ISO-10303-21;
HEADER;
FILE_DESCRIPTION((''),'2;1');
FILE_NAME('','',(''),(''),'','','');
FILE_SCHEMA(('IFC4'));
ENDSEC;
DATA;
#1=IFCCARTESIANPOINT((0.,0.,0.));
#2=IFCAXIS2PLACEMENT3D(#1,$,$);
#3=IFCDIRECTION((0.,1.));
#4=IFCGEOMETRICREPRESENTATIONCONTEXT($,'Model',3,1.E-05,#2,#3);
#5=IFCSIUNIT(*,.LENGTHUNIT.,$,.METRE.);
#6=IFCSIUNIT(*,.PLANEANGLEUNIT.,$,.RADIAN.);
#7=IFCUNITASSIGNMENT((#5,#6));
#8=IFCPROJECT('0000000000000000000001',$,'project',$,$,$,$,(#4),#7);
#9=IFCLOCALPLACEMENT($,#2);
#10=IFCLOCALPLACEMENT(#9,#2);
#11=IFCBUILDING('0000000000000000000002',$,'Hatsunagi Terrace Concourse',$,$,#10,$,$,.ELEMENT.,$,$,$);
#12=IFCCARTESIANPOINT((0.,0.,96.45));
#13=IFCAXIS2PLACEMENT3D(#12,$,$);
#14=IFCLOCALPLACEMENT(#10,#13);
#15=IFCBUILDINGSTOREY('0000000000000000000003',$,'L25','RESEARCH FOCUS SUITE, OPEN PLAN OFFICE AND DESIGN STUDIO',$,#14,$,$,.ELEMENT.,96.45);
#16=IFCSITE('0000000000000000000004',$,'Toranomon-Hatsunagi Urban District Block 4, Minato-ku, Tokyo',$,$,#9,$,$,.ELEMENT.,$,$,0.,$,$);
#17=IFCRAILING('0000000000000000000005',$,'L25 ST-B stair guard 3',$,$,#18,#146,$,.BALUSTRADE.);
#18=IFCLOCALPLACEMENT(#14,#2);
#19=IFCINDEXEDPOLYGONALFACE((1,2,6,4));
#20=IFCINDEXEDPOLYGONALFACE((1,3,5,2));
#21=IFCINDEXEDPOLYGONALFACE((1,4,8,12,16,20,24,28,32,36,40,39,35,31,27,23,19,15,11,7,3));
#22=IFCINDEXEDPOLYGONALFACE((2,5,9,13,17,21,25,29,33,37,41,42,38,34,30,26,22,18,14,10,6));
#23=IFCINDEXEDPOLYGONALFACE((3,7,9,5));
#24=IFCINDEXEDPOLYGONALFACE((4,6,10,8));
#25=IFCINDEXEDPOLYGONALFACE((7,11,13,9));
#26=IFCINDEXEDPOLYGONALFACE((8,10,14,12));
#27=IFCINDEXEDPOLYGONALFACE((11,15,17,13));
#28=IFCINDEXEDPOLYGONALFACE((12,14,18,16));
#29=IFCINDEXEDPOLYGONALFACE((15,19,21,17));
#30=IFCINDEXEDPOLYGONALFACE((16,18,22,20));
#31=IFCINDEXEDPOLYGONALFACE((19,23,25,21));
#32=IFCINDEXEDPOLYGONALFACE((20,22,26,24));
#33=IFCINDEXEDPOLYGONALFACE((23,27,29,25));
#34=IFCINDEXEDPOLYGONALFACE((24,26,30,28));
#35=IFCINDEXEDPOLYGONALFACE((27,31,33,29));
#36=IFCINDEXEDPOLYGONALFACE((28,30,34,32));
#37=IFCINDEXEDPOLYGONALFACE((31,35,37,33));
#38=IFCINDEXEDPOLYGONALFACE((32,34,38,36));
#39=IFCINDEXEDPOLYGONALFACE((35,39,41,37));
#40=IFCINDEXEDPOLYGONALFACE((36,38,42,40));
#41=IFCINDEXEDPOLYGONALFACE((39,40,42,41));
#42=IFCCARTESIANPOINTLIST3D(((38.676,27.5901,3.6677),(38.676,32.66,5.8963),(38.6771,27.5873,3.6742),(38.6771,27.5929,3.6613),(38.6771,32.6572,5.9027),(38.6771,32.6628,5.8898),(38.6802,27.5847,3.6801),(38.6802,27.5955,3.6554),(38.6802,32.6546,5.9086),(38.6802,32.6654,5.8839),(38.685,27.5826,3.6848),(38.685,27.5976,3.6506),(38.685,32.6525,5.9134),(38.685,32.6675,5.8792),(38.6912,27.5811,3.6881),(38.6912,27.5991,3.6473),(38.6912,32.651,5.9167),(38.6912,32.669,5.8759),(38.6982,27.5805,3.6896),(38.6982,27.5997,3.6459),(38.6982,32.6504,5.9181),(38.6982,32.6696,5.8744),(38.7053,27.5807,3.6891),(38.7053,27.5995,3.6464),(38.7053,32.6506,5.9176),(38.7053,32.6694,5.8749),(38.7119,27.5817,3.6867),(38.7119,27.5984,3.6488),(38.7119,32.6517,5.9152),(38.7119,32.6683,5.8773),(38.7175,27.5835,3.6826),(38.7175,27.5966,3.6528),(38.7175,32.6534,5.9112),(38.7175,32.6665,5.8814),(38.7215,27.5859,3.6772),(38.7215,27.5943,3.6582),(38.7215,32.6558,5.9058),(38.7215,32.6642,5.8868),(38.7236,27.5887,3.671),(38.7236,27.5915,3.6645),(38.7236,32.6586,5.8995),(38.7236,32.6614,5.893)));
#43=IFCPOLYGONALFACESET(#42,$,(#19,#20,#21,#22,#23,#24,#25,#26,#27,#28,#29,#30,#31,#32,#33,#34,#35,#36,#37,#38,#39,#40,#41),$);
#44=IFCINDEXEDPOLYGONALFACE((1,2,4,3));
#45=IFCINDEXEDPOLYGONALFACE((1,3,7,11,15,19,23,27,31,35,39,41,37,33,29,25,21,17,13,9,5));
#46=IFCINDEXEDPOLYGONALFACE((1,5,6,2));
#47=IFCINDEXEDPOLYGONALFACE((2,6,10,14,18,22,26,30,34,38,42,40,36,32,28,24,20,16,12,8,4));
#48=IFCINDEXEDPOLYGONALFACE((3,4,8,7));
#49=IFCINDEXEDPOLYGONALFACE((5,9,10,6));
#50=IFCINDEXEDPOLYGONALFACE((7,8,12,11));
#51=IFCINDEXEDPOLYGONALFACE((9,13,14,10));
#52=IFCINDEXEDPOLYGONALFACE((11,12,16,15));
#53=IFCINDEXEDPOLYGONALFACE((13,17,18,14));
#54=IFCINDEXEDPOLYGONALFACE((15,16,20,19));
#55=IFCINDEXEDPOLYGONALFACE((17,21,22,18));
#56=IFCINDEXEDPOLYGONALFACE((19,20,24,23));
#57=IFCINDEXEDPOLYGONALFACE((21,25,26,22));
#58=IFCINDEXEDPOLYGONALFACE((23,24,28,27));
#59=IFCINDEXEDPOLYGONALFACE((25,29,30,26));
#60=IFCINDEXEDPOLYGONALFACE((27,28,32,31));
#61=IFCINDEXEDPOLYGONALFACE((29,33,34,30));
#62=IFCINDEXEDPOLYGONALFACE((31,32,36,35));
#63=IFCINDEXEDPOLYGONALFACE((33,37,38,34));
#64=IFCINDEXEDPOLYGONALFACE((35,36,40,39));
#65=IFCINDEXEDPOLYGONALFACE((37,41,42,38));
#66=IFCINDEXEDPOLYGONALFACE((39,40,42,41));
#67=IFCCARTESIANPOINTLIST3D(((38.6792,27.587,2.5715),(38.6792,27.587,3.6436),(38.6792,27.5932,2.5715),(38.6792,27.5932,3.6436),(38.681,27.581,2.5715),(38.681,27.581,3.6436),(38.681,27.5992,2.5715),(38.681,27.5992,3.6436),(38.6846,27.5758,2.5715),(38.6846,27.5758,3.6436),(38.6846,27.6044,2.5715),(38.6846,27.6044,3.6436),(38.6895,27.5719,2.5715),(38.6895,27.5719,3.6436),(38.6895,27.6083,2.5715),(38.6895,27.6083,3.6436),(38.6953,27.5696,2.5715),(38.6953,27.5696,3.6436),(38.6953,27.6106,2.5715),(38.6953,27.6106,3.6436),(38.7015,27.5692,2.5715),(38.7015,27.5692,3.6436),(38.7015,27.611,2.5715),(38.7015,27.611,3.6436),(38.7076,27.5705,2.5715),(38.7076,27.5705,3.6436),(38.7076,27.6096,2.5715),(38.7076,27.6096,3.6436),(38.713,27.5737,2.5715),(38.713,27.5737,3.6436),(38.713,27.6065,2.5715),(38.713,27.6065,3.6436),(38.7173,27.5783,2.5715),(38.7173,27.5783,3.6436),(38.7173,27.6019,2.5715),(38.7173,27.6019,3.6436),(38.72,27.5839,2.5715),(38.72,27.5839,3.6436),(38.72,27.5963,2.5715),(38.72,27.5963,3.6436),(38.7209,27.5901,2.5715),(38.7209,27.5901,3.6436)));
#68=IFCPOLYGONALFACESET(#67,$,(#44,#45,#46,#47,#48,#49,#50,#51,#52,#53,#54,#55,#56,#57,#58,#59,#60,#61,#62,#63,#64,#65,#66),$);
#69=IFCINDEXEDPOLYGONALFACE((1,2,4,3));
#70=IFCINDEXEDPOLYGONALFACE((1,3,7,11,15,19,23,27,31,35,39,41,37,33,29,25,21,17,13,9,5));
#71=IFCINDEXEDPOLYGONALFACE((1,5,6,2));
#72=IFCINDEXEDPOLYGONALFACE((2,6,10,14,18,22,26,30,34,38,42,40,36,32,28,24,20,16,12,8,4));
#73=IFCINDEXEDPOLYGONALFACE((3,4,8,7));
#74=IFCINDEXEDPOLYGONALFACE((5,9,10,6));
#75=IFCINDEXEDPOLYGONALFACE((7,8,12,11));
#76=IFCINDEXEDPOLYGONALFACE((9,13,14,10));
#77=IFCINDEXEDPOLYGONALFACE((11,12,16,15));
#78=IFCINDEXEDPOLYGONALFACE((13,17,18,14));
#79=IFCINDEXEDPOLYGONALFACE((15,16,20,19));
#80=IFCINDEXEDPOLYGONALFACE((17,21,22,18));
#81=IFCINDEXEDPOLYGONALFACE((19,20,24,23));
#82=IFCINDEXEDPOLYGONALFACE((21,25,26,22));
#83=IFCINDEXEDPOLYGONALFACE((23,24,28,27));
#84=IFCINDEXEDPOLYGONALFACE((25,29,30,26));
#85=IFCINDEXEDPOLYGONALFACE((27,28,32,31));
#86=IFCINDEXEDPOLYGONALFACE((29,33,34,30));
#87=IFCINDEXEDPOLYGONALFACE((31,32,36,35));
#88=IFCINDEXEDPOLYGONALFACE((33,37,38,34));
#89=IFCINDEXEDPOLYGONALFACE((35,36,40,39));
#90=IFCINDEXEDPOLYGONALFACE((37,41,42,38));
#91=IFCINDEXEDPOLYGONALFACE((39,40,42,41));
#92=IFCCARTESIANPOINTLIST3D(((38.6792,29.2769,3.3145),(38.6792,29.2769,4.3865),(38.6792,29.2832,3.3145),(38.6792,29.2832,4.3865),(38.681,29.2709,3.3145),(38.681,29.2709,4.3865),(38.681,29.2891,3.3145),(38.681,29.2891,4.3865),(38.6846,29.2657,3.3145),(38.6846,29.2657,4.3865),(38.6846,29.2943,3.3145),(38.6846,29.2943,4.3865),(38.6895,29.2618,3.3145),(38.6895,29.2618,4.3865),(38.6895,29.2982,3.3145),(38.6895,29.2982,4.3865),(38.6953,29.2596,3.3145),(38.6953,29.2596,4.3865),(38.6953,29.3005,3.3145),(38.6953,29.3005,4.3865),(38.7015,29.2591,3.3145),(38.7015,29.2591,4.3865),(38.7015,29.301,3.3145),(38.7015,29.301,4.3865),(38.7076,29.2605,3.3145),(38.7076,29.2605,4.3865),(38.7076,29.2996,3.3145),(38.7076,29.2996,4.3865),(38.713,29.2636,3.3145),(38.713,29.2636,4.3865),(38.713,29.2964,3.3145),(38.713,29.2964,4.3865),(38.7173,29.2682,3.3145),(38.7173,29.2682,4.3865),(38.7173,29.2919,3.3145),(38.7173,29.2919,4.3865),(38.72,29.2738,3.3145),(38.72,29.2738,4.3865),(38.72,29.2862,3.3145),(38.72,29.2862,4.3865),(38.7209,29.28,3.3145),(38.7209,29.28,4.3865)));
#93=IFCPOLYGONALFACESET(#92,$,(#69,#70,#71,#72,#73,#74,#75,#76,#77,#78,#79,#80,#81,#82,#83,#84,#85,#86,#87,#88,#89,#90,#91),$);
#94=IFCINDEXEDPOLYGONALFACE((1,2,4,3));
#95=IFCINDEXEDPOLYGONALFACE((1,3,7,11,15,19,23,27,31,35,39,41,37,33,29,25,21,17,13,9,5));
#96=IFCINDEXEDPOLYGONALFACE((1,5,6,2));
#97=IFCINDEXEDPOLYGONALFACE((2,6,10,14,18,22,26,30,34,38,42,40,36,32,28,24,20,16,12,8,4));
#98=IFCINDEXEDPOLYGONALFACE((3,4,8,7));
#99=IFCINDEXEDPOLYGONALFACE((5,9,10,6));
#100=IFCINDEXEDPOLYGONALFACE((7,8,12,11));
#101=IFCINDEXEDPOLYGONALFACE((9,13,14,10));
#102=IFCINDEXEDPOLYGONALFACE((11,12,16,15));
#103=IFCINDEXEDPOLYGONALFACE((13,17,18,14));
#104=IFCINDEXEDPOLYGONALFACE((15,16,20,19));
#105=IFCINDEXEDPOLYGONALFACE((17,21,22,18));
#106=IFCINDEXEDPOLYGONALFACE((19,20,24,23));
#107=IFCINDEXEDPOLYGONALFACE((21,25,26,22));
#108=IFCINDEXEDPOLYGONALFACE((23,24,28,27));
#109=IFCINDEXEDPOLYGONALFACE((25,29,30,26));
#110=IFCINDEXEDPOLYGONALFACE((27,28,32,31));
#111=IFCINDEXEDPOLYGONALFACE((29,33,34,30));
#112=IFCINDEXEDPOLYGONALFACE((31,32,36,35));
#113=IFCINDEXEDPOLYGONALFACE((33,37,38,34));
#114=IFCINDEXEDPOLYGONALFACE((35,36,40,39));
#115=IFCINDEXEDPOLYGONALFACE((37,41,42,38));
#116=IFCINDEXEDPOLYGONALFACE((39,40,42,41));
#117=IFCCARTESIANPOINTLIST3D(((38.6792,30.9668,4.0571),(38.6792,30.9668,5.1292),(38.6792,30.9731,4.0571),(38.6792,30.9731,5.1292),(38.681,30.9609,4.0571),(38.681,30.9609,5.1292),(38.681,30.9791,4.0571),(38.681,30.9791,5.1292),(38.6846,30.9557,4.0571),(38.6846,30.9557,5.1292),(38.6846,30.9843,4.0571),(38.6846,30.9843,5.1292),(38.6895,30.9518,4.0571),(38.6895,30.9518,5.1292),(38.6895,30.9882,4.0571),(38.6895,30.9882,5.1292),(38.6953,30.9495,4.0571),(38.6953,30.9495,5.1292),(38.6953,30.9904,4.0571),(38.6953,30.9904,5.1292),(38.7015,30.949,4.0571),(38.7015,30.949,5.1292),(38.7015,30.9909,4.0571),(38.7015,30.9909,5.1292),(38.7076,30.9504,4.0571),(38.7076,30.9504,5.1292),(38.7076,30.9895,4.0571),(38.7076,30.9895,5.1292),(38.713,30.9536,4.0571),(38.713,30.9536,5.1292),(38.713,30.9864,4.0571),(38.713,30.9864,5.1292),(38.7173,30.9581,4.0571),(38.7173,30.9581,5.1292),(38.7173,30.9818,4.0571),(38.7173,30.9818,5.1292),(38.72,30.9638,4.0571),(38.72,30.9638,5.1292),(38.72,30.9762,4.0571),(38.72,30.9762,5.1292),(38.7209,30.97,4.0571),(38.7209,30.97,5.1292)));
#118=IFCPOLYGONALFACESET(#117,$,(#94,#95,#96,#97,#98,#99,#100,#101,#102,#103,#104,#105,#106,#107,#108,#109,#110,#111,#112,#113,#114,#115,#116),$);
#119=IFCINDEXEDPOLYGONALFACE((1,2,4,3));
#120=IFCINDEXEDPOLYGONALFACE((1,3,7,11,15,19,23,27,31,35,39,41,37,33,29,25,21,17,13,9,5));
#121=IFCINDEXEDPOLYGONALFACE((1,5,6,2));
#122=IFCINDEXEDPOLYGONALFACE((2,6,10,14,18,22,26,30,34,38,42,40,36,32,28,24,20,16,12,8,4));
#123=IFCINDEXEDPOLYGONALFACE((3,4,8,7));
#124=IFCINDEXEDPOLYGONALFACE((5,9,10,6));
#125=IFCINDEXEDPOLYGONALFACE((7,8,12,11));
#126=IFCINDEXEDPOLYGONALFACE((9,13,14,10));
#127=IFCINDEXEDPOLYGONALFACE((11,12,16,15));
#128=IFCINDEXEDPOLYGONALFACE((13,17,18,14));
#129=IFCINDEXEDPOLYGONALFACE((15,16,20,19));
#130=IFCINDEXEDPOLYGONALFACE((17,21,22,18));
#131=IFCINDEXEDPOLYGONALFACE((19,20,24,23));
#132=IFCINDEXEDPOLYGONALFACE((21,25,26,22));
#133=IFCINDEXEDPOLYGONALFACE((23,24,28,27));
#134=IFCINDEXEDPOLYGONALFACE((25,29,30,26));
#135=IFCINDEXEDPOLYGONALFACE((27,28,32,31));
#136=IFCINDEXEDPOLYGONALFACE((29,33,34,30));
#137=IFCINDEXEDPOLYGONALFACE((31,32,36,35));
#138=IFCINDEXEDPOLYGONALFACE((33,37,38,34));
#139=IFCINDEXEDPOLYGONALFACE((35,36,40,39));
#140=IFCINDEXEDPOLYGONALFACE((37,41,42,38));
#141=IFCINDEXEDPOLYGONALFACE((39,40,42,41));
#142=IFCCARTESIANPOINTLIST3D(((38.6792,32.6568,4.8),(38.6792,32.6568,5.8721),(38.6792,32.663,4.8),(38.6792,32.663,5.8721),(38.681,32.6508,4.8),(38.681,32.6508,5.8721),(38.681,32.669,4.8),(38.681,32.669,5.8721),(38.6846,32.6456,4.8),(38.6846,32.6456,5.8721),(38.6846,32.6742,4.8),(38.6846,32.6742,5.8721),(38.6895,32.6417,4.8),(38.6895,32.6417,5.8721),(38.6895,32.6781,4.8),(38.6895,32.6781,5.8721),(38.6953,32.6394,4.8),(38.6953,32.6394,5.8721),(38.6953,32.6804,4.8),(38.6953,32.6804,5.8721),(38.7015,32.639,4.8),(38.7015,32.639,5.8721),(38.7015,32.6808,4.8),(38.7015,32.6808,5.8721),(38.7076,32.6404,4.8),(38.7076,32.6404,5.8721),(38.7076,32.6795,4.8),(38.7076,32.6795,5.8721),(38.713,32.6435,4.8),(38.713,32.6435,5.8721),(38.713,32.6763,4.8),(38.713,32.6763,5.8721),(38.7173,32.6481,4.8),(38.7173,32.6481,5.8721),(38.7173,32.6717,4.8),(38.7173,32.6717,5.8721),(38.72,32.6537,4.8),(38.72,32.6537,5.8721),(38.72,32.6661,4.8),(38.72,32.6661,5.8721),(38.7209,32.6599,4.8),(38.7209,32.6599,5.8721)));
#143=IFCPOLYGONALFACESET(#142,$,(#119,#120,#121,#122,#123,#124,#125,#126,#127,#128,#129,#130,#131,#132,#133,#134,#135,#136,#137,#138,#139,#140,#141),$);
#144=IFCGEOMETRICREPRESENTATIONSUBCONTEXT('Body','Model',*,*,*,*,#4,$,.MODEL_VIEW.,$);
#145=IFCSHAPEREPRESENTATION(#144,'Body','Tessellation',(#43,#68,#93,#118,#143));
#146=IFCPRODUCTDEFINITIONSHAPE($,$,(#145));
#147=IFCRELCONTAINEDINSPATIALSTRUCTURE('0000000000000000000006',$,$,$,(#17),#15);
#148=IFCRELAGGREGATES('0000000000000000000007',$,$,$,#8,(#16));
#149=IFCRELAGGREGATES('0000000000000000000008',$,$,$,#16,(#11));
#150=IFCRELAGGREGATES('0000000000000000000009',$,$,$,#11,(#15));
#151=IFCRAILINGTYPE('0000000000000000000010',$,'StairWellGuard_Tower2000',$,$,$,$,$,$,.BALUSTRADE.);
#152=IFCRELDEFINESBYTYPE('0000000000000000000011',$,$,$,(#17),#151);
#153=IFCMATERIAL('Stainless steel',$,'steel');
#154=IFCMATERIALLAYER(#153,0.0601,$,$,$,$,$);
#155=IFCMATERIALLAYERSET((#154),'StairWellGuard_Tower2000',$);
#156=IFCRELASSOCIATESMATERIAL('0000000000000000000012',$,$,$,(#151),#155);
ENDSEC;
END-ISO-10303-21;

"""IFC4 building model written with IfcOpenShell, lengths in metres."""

from ifc_helpers import new_model, si_unit, direction, frame, origin, origin_2d, place, context, subcontext, project, spatial, circle, extrude, material, layer, layer_set, type_object, element, save


model = new_model("IFC4")

# Units and contexts
model_context = context("Model", 3, precision=1e-05, world=origin(), true_north=direction((0.0, 1.0)))
body_context = subcontext(model_context, "Body", "Model", "MODEL_VIEW")
ifc_project = project(units=[si_unit("LENGTHUNIT", "METRE"), si_unit("PLANEANGLEUNIT", "RADIAN")], contexts=[model_context])

# Site, building, storey
site_placement = place(None, origin())
site = spatial("IfcSite", under=ifc_project, at=site_placement, Name="Toranomon-Hatsunagi Urban District Block 4, Minato-ku, Tokyo", CompositionType="ELEMENT", RefElevation=0.0)
building_placement = place(site_placement, origin())
building = spatial("IfcBuilding", under=site, at=building_placement, Name="Hatsunagi Terrace Concourse", CompositionType="ELEMENT")
storey_placement = place(building_placement, frame((0.0, 0.0, 96.45)))
storey = spatial("IfcBuildingStorey", under=building, at=storey_placement, Name="L25", Description="RESEARCH FOCUS SUITE, OPEN PLAN OFFICE AND DESIGN STUDIO", CompositionType="ELEMENT", Elevation=96.45)

# Railing
ifc_material_1 = material(Name="Stainless steel", Category="steel")
ifc_layer_1 = layer(ifc_material_1, 0.0601)
ifc_layer_set_1 = layer_set([ifc_layer_1], Name="StairWellGuard_Tower2000")
railing_type_1 = type_object("IfcRailingType", Name="StairWellGuard_Tower2000", PredefinedType="BALUSTRADE", material=ifc_layer_set_1)
railing_1_placement = place(storey_placement, frame((38.7, 27.5901, 2.5715)))
element("IfcRailing", 1, at=railing_1_placement, inside=storey, type_object=railing_type_1, Name="L25 ST-B stair guard 3", PredefinedType="BALUSTRADE", context=body_context, shape_type="SweptSolid", body=[
    extrude(circle(Radius=0.0239, at=origin_2d()), frame((0.0, 0.0, 1.0962), z_axis=(0.0, 0.915462, 0.402405), x_axis=(-1.0, 0.0, 0.0)), (0.0, 0.0, 1.0), 5.5381),
    extrude(circle(Radius=0.021, at=origin_2d()), origin(), (0.0, 0.0, 1.0), 1.072),
    extrude(circle(Radius=0.021, at=origin_2d()), frame((0.0, 1.6899, 0.7429)), (0.0, 0.0, 1.0), 1.072),
    extrude(circle(Radius=0.021, at=origin_2d()), frame((0.0, 3.3799, 1.4856)), (0.0, 0.0, 1.0), 1.072),
    extrude(circle(Radius=0.021, at=origin_2d()), frame((0.0, 5.0698, 2.2285)), (0.0, 0.0, 1.0), 1.072),
])

save(model, "model.ifc")
